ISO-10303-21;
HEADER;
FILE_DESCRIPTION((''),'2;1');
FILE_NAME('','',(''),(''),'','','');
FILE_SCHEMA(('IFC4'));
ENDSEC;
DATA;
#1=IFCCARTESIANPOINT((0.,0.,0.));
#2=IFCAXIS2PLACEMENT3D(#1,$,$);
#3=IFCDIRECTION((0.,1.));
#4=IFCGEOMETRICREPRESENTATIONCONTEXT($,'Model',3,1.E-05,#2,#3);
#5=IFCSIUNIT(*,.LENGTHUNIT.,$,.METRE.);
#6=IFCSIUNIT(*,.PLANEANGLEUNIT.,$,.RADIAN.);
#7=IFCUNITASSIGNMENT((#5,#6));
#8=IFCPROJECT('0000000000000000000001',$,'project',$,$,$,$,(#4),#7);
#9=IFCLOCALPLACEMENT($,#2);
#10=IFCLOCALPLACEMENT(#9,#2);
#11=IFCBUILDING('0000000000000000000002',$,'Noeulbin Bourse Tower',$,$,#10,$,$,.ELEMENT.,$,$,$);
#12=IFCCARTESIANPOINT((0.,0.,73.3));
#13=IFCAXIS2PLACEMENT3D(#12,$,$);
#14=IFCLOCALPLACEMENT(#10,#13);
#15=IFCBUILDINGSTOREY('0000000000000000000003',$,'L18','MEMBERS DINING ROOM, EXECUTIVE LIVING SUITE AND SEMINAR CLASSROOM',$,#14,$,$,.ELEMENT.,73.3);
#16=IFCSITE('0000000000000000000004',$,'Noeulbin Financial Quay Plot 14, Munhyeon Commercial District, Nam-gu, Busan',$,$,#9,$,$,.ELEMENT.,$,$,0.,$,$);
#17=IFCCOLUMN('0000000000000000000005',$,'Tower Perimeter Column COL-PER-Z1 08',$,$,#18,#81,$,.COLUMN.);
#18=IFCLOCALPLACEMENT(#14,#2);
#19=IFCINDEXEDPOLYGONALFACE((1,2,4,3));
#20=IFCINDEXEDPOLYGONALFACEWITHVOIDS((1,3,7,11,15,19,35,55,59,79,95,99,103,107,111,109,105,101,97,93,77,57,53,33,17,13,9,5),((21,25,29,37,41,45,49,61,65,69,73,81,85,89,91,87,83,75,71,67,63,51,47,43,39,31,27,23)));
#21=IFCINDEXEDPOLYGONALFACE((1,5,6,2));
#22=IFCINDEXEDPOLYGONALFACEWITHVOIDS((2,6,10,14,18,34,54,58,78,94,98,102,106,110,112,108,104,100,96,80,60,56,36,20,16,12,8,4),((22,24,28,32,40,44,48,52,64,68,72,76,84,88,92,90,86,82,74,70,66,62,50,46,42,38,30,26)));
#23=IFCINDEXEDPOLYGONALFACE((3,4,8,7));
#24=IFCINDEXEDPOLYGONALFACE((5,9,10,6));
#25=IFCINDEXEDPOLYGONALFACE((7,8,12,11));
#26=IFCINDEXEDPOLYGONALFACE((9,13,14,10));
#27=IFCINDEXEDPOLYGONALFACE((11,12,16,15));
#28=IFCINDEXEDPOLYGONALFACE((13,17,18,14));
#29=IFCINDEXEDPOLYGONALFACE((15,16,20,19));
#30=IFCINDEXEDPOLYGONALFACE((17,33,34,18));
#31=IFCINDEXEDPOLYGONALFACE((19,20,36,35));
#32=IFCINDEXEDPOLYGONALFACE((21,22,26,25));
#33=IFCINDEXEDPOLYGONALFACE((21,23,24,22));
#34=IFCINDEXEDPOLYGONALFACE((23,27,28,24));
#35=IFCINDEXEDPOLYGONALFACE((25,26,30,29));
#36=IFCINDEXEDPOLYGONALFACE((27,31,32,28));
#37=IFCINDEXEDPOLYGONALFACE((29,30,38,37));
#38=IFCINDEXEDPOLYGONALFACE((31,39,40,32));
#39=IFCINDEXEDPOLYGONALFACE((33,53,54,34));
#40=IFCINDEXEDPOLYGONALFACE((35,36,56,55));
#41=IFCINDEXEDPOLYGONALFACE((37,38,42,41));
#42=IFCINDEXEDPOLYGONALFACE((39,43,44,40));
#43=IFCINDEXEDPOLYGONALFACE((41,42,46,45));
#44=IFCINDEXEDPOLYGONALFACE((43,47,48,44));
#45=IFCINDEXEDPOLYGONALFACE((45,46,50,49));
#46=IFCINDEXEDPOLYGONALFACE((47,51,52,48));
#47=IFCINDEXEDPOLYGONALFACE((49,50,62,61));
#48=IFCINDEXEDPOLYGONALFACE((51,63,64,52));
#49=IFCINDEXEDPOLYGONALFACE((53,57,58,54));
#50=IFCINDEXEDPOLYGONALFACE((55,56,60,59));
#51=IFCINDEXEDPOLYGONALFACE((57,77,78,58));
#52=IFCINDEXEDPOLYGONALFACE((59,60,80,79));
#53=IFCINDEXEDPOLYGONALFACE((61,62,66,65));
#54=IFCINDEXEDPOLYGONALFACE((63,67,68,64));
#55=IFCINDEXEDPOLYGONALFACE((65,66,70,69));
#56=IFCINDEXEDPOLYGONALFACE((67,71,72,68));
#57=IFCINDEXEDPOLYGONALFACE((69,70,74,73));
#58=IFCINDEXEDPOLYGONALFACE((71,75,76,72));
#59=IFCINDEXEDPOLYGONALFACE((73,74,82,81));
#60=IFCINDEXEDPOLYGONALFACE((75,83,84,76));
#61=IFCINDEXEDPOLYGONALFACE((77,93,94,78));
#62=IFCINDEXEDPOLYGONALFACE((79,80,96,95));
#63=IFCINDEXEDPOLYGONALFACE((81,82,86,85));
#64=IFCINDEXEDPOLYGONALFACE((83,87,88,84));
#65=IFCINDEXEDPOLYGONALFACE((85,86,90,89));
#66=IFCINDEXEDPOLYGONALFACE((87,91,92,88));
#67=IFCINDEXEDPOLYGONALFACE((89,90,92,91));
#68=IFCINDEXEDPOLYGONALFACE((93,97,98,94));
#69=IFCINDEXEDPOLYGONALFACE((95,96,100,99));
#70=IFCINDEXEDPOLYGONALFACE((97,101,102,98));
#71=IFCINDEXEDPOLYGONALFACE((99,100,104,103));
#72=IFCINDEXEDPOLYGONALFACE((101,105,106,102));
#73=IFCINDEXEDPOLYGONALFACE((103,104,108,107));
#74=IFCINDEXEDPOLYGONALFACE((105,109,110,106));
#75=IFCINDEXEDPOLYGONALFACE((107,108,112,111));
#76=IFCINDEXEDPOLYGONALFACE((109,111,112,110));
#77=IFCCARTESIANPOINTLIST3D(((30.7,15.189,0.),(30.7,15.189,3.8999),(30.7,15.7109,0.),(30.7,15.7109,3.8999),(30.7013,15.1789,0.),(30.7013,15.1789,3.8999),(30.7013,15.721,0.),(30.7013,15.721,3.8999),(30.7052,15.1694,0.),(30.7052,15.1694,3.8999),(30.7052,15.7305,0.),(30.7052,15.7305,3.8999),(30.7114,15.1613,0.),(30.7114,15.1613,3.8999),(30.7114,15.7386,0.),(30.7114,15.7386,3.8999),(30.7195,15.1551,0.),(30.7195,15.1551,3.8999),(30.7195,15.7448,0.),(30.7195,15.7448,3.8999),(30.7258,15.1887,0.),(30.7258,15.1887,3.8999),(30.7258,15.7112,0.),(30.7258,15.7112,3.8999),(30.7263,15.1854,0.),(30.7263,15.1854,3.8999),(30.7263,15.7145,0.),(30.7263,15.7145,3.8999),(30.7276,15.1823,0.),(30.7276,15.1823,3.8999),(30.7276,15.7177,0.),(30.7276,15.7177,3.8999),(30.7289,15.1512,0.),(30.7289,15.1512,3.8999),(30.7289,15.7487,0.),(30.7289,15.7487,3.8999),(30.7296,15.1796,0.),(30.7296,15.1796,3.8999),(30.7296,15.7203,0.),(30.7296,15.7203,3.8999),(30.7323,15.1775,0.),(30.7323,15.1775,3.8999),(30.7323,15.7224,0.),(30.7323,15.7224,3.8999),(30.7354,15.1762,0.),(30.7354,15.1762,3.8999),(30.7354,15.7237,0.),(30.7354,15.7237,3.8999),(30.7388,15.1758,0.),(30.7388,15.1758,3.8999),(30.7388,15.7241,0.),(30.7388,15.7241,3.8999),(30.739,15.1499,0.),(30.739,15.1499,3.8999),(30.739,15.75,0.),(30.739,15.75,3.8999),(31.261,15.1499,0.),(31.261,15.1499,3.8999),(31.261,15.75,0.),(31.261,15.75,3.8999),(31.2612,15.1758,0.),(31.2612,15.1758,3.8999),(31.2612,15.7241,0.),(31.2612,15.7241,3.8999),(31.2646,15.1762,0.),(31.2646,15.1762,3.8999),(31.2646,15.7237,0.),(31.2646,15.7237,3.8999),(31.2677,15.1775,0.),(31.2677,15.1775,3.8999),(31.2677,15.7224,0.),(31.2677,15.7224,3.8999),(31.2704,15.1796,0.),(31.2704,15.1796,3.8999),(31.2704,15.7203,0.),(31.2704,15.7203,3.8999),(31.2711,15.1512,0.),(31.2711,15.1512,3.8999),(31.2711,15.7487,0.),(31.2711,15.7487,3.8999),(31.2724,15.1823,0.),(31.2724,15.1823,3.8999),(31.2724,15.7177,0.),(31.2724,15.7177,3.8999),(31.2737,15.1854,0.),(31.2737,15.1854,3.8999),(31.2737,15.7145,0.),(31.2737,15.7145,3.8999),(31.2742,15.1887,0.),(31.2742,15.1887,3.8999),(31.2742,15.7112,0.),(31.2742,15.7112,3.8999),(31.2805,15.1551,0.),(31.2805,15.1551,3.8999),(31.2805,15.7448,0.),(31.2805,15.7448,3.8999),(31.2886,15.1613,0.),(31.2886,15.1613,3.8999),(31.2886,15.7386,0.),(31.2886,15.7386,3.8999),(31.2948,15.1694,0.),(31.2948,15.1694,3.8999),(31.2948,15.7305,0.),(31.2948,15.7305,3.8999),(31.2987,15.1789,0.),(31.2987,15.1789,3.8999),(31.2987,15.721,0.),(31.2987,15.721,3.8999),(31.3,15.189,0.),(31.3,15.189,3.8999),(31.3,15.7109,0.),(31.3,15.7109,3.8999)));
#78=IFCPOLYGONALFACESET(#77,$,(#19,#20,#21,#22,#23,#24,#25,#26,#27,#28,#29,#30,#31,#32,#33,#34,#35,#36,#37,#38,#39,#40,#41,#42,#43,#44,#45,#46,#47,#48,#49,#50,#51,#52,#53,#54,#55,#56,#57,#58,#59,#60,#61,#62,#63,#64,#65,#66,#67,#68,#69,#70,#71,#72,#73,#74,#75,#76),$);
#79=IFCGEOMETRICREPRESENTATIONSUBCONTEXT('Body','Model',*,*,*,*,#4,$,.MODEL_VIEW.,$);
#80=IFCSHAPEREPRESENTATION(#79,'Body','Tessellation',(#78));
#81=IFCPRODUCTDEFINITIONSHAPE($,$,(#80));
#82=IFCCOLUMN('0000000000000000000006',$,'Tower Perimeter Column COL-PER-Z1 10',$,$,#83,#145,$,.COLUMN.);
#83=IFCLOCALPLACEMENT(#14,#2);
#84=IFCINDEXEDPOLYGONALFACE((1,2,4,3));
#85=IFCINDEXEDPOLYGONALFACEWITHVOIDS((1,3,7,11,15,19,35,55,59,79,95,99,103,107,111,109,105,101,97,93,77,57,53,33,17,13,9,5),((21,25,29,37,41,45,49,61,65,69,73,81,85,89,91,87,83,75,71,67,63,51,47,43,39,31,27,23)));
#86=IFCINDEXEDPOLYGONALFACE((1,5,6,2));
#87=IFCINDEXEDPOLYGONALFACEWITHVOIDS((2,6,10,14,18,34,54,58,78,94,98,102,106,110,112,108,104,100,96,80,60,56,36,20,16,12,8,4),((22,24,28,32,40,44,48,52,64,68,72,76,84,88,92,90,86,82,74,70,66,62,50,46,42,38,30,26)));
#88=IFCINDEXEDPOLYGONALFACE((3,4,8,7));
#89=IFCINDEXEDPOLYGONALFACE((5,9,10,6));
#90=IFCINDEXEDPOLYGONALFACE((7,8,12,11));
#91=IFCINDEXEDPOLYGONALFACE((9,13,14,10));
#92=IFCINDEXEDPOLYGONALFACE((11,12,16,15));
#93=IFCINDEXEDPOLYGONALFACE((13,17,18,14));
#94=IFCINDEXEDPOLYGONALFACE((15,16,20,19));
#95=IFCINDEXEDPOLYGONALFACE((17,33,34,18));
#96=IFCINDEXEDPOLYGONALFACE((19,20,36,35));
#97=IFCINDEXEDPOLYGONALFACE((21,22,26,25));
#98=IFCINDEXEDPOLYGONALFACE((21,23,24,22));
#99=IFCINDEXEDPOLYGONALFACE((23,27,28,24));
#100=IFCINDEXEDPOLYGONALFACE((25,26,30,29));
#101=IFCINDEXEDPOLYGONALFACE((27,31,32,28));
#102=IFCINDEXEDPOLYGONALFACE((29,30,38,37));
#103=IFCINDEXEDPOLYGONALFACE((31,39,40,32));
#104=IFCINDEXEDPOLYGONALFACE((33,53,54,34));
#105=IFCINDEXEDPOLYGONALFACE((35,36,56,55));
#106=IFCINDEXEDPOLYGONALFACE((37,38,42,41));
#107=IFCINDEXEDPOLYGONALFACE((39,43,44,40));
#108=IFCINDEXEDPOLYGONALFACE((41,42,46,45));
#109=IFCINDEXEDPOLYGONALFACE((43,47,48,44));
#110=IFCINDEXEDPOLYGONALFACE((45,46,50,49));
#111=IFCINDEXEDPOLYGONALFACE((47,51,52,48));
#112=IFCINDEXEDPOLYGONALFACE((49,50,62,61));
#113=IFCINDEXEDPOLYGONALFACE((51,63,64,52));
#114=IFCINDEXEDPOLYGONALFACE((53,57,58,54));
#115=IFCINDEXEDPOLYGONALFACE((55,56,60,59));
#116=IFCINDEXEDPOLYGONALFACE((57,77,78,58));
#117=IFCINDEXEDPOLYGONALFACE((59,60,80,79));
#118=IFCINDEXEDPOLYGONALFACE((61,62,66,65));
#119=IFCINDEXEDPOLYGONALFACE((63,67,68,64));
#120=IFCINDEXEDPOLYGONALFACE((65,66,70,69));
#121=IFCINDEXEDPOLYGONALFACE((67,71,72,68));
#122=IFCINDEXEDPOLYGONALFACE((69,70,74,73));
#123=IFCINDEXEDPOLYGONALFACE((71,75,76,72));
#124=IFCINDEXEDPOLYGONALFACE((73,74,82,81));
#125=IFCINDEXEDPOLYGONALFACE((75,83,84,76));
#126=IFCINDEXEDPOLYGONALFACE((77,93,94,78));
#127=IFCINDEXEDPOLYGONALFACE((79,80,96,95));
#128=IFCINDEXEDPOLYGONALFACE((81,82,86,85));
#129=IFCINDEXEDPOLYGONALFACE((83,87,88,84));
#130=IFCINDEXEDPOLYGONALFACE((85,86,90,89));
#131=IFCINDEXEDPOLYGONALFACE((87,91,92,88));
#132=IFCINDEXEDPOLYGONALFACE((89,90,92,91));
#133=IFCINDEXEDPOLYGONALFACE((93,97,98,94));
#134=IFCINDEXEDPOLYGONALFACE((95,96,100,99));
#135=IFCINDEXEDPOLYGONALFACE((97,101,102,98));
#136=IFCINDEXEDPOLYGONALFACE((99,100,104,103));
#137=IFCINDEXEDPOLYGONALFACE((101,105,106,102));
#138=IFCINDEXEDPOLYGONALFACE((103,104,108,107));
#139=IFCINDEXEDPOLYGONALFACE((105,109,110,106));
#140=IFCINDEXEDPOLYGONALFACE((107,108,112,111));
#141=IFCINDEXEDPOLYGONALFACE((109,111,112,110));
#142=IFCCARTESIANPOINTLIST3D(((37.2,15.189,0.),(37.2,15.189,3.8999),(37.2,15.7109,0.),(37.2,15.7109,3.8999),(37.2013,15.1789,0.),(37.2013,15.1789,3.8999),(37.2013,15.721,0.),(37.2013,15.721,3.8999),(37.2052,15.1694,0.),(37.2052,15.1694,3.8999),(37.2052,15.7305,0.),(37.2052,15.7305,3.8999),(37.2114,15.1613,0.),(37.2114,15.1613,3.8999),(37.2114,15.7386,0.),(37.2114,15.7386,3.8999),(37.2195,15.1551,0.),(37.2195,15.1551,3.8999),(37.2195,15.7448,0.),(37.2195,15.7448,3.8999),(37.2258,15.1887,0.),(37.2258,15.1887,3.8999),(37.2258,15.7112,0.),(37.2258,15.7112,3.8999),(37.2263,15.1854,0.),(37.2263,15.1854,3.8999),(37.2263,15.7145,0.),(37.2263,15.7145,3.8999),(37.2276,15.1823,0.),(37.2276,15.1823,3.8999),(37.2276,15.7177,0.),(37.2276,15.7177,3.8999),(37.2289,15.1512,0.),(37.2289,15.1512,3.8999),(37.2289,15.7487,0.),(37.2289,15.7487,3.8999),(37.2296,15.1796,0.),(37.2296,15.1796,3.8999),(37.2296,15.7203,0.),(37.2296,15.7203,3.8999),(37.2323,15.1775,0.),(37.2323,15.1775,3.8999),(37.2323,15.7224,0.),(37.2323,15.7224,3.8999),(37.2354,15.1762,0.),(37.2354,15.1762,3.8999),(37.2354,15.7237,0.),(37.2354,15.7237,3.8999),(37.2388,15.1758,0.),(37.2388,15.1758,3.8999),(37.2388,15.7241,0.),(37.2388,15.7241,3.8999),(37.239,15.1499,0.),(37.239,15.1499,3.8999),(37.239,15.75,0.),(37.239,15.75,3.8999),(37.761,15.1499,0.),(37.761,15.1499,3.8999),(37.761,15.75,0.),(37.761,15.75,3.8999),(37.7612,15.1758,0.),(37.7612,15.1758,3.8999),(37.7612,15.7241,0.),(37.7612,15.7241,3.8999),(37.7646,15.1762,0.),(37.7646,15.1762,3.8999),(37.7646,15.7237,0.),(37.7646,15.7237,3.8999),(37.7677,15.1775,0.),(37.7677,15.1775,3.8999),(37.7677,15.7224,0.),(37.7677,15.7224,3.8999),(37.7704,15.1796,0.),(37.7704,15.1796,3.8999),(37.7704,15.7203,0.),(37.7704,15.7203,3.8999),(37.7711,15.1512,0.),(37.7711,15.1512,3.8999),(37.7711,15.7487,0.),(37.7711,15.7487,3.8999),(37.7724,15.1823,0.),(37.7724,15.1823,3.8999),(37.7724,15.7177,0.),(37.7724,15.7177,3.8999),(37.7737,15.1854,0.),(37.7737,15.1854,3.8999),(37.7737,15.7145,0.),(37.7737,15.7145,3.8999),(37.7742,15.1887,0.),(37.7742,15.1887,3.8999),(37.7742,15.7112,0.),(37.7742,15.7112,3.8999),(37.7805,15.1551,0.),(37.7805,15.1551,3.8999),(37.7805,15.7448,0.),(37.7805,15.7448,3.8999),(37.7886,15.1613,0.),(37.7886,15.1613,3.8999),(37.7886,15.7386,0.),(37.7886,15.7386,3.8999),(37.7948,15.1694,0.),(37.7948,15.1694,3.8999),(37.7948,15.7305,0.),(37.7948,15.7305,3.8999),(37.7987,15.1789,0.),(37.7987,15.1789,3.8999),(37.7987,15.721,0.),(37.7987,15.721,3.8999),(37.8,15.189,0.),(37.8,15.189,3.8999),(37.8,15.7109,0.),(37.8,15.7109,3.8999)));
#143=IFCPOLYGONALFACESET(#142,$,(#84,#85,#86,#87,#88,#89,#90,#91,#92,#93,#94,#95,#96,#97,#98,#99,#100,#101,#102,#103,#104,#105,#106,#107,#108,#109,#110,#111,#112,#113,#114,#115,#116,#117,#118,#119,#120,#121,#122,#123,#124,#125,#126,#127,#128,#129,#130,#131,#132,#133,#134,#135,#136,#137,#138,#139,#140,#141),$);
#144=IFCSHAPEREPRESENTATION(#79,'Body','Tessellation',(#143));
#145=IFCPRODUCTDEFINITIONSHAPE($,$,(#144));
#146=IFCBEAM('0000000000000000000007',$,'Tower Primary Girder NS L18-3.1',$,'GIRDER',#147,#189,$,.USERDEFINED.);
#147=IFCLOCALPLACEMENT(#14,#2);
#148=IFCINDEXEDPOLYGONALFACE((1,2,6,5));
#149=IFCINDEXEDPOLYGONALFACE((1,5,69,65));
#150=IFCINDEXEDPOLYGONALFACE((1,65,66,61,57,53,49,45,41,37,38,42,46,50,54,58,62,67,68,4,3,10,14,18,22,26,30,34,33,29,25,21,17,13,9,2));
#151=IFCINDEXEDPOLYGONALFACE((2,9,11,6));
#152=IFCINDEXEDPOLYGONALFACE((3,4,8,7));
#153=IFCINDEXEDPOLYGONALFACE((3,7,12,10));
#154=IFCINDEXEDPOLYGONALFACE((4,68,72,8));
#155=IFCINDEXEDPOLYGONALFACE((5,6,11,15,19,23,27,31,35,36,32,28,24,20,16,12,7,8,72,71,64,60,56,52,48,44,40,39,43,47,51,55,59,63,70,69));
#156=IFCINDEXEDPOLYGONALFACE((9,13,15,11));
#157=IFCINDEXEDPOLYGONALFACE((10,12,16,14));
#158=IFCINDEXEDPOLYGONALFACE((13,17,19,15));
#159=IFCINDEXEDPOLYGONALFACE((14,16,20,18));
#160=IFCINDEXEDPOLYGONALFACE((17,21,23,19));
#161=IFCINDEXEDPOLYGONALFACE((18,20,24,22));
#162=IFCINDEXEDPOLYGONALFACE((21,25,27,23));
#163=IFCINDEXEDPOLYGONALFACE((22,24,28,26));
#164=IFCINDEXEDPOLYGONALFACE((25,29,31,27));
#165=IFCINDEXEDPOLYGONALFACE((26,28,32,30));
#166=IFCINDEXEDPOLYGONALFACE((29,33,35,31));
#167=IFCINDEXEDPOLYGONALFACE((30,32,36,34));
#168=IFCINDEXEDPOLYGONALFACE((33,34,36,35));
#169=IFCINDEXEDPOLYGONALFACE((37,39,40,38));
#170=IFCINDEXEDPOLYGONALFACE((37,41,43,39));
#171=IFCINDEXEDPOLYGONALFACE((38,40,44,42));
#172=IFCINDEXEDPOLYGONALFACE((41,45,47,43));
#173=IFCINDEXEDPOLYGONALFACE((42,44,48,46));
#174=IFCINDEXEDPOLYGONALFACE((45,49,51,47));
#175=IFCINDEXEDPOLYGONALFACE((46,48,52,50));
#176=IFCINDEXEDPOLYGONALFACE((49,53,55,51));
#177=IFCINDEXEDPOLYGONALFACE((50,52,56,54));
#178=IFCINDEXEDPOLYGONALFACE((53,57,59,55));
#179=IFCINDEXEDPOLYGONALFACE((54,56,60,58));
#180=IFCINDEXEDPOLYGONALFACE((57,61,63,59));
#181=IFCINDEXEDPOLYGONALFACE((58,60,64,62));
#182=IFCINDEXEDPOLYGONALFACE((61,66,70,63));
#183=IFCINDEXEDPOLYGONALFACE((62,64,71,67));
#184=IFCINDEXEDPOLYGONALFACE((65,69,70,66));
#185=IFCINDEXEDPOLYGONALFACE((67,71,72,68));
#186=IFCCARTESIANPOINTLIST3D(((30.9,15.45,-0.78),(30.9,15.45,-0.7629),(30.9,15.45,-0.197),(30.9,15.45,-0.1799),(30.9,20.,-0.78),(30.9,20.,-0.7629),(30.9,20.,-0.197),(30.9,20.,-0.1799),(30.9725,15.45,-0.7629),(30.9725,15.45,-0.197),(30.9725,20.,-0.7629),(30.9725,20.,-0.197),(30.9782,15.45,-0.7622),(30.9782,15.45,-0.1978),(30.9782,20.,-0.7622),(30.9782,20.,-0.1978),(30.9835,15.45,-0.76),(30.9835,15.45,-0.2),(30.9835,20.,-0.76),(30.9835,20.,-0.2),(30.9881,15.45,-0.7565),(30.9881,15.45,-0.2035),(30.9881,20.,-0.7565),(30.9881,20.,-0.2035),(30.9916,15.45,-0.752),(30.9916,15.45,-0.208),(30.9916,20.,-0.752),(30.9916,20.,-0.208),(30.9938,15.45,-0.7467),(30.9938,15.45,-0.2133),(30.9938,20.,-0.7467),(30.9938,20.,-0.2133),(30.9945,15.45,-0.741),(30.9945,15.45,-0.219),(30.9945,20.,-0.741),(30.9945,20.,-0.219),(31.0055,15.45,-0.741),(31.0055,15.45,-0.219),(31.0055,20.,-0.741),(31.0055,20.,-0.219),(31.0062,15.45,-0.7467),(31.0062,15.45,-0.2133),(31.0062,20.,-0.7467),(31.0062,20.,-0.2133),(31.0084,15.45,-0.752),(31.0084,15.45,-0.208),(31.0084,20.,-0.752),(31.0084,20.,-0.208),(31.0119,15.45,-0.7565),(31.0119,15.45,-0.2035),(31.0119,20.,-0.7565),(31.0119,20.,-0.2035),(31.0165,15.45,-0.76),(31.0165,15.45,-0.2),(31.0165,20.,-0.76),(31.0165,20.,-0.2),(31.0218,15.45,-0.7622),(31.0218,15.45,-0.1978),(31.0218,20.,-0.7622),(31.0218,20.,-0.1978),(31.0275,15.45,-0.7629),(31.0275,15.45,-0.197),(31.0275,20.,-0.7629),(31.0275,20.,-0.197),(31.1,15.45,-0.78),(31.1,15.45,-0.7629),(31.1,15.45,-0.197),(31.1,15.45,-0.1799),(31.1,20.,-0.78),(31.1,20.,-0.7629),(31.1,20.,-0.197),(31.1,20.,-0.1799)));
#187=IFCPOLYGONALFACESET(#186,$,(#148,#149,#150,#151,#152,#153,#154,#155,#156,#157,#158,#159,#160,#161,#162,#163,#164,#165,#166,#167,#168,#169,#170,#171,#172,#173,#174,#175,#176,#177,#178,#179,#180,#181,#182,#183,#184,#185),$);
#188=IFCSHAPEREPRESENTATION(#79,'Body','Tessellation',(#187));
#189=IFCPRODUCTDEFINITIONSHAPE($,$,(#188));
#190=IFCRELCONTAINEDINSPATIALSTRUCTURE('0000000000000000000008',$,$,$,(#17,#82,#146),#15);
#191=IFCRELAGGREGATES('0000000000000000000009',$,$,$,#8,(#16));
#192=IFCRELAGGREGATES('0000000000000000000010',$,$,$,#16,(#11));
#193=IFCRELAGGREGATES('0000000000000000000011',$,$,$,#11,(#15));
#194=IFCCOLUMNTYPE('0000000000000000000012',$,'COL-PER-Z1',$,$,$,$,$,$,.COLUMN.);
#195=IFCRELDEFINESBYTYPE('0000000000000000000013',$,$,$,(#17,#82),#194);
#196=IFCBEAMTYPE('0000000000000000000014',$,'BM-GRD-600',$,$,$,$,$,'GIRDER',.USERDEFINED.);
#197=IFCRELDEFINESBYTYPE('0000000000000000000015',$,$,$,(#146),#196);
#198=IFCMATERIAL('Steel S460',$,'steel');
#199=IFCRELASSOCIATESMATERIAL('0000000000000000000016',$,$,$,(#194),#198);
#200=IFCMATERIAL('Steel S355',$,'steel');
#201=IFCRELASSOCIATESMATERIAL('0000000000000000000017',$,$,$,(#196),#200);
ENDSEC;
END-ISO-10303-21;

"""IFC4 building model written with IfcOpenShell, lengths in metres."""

from ifc_helpers import new_model, si_unit, direction, frame, origin, origin_2d, place, context, subcontext, project, spatial, hollow_rectangle, i_section, extrude, material, material_profile, profile_set, type_object, element, save


model = new_model("IFC4")

# Units and contexts
model_context = context("Model", 3, precision=1e-05, world=origin(), true_north=direction((0.0, 1.0)))
body_context = subcontext(model_context, "Body", "Model", "MODEL_VIEW")
ifc_project = project(units=[si_unit("LENGTHUNIT", "METRE"), si_unit("PLANEANGLEUNIT", "RADIAN")], contexts=[model_context])

# Site, building, storey
site_placement = place(None, origin())
site = spatial("IfcSite", under=ifc_project, at=site_placement, Name="Noeulbin Financial Quay Plot 14, Munhyeon Commercial District, Nam-gu, Busan", CompositionType="ELEMENT", RefElevation=0.0)
building_placement = place(site_placement, origin())
building = spatial("IfcBuilding", under=site, at=building_placement, Name="Noeulbin Bourse Tower", CompositionType="ELEMENT")
storey_placement = place(building_placement, frame((0.0, 0.0, 73.3)))
storey = spatial("IfcBuildingStorey", under=building, at=storey_placement, Name="L18", Description="MEMBERS DINING ROOM, EXECUTIVE LIVING SUITE AND SEMINAR CLASSROOM", CompositionType="ELEMENT", Elevation=73.3)

# Columns
ifc_material_1 = material(Name="Steel S460", Category="steel")
ifc_material_profile_1 = material_profile(ifc_material_1, hollow_rectangle(XDim=0.6001, YDim=0.6001, WallThickness=0.0259, InnerFilletRadius=0.0129, OuterFilletRadius=0.0391, at=origin_2d()), Name="BOX-600x600x26", Category="LoadBearing")
ifc_profile_set_1 = profile_set([ifc_material_profile_1], Name="Steel S460")
column_type = type_object("IfcColumnType", Name="COL-PER-Z1", PredefinedType="COLUMN", material=ifc_profile_set_1)
for number, where, z_axis, x_axis, name in (
    (1, (31.0, 15.45, 0.0), (0.0, 0.0, 1.0), (1.0, 0.0, 0.0), "Tower Perimeter Column COL-PER-Z1 08"),
    (2, (37.5, 15.45, 0.0), (0.0, 0.0, 1.0), (1.0, 0.0, 0.0), "Tower Perimeter Column COL-PER-Z1 10"),
):
    element("IfcColumn", number, at=place(storey_placement, frame(where, z_axis=z_axis, x_axis=x_axis)), inside=storey, type_object=column_type, Name=name, PredefinedType="COLUMN", context=body_context, shape_type="SweptSolid", body=[
        extrude(hollow_rectangle(XDim=0.6001, YDim=0.6001, WallThickness=0.0259, InnerFilletRadius=0.0129, OuterFilletRadius=0.0391, at=origin_2d()), origin(), (0.0, 0.0, 1.0), 3.8999),
    ])

# Beam
ifc_material_2 = material(Name="Steel S355", Category="steel")
ifc_material_profile_2 = material_profile(ifc_material_2, i_section(OverallWidth=0.2, OverallDepth=0.6001, WebThickness=0.011, FlangeThickness=0.0171, FilletRadius=0.022, at=origin_2d()), Name="H-600x200x11x17", Category="LoadBearing")
ifc_profile_set_2 = profile_set([ifc_material_profile_2], Name="Steel S355")
beam_type_1 = type_object("IfcBeamType", Name="BM-GRD-600", ElementType="GIRDER", PredefinedType="USERDEFINED", material=ifc_profile_set_2)
for number, where, z_axis, x_axis, name in (
    (3, (31.0, 15.45, -0.48), (0.0, 1.0, 0.0), (-1.0, 0.0, 0.0), "Tower Primary Girder NS L18-3.1"),
):
    element("IfcBeam", number, at=place(storey_placement, frame(where, z_axis=z_axis, x_axis=x_axis)), inside=storey, type_object=beam_type_1, Name=name, ObjectType="GIRDER", PredefinedType="USERDEFINED", context=body_context, shape_type="SweptSolid", body=[
        extrude(i_section(OverallWidth=0.2, OverallDepth=0.6001, WebThickness=0.011, FlangeThickness=0.0171, FilletRadius=0.022, at=origin_2d()), origin(), (0.0, 0.0, 1.0), 4.55),
    ])

save(model, "model.ifc")
